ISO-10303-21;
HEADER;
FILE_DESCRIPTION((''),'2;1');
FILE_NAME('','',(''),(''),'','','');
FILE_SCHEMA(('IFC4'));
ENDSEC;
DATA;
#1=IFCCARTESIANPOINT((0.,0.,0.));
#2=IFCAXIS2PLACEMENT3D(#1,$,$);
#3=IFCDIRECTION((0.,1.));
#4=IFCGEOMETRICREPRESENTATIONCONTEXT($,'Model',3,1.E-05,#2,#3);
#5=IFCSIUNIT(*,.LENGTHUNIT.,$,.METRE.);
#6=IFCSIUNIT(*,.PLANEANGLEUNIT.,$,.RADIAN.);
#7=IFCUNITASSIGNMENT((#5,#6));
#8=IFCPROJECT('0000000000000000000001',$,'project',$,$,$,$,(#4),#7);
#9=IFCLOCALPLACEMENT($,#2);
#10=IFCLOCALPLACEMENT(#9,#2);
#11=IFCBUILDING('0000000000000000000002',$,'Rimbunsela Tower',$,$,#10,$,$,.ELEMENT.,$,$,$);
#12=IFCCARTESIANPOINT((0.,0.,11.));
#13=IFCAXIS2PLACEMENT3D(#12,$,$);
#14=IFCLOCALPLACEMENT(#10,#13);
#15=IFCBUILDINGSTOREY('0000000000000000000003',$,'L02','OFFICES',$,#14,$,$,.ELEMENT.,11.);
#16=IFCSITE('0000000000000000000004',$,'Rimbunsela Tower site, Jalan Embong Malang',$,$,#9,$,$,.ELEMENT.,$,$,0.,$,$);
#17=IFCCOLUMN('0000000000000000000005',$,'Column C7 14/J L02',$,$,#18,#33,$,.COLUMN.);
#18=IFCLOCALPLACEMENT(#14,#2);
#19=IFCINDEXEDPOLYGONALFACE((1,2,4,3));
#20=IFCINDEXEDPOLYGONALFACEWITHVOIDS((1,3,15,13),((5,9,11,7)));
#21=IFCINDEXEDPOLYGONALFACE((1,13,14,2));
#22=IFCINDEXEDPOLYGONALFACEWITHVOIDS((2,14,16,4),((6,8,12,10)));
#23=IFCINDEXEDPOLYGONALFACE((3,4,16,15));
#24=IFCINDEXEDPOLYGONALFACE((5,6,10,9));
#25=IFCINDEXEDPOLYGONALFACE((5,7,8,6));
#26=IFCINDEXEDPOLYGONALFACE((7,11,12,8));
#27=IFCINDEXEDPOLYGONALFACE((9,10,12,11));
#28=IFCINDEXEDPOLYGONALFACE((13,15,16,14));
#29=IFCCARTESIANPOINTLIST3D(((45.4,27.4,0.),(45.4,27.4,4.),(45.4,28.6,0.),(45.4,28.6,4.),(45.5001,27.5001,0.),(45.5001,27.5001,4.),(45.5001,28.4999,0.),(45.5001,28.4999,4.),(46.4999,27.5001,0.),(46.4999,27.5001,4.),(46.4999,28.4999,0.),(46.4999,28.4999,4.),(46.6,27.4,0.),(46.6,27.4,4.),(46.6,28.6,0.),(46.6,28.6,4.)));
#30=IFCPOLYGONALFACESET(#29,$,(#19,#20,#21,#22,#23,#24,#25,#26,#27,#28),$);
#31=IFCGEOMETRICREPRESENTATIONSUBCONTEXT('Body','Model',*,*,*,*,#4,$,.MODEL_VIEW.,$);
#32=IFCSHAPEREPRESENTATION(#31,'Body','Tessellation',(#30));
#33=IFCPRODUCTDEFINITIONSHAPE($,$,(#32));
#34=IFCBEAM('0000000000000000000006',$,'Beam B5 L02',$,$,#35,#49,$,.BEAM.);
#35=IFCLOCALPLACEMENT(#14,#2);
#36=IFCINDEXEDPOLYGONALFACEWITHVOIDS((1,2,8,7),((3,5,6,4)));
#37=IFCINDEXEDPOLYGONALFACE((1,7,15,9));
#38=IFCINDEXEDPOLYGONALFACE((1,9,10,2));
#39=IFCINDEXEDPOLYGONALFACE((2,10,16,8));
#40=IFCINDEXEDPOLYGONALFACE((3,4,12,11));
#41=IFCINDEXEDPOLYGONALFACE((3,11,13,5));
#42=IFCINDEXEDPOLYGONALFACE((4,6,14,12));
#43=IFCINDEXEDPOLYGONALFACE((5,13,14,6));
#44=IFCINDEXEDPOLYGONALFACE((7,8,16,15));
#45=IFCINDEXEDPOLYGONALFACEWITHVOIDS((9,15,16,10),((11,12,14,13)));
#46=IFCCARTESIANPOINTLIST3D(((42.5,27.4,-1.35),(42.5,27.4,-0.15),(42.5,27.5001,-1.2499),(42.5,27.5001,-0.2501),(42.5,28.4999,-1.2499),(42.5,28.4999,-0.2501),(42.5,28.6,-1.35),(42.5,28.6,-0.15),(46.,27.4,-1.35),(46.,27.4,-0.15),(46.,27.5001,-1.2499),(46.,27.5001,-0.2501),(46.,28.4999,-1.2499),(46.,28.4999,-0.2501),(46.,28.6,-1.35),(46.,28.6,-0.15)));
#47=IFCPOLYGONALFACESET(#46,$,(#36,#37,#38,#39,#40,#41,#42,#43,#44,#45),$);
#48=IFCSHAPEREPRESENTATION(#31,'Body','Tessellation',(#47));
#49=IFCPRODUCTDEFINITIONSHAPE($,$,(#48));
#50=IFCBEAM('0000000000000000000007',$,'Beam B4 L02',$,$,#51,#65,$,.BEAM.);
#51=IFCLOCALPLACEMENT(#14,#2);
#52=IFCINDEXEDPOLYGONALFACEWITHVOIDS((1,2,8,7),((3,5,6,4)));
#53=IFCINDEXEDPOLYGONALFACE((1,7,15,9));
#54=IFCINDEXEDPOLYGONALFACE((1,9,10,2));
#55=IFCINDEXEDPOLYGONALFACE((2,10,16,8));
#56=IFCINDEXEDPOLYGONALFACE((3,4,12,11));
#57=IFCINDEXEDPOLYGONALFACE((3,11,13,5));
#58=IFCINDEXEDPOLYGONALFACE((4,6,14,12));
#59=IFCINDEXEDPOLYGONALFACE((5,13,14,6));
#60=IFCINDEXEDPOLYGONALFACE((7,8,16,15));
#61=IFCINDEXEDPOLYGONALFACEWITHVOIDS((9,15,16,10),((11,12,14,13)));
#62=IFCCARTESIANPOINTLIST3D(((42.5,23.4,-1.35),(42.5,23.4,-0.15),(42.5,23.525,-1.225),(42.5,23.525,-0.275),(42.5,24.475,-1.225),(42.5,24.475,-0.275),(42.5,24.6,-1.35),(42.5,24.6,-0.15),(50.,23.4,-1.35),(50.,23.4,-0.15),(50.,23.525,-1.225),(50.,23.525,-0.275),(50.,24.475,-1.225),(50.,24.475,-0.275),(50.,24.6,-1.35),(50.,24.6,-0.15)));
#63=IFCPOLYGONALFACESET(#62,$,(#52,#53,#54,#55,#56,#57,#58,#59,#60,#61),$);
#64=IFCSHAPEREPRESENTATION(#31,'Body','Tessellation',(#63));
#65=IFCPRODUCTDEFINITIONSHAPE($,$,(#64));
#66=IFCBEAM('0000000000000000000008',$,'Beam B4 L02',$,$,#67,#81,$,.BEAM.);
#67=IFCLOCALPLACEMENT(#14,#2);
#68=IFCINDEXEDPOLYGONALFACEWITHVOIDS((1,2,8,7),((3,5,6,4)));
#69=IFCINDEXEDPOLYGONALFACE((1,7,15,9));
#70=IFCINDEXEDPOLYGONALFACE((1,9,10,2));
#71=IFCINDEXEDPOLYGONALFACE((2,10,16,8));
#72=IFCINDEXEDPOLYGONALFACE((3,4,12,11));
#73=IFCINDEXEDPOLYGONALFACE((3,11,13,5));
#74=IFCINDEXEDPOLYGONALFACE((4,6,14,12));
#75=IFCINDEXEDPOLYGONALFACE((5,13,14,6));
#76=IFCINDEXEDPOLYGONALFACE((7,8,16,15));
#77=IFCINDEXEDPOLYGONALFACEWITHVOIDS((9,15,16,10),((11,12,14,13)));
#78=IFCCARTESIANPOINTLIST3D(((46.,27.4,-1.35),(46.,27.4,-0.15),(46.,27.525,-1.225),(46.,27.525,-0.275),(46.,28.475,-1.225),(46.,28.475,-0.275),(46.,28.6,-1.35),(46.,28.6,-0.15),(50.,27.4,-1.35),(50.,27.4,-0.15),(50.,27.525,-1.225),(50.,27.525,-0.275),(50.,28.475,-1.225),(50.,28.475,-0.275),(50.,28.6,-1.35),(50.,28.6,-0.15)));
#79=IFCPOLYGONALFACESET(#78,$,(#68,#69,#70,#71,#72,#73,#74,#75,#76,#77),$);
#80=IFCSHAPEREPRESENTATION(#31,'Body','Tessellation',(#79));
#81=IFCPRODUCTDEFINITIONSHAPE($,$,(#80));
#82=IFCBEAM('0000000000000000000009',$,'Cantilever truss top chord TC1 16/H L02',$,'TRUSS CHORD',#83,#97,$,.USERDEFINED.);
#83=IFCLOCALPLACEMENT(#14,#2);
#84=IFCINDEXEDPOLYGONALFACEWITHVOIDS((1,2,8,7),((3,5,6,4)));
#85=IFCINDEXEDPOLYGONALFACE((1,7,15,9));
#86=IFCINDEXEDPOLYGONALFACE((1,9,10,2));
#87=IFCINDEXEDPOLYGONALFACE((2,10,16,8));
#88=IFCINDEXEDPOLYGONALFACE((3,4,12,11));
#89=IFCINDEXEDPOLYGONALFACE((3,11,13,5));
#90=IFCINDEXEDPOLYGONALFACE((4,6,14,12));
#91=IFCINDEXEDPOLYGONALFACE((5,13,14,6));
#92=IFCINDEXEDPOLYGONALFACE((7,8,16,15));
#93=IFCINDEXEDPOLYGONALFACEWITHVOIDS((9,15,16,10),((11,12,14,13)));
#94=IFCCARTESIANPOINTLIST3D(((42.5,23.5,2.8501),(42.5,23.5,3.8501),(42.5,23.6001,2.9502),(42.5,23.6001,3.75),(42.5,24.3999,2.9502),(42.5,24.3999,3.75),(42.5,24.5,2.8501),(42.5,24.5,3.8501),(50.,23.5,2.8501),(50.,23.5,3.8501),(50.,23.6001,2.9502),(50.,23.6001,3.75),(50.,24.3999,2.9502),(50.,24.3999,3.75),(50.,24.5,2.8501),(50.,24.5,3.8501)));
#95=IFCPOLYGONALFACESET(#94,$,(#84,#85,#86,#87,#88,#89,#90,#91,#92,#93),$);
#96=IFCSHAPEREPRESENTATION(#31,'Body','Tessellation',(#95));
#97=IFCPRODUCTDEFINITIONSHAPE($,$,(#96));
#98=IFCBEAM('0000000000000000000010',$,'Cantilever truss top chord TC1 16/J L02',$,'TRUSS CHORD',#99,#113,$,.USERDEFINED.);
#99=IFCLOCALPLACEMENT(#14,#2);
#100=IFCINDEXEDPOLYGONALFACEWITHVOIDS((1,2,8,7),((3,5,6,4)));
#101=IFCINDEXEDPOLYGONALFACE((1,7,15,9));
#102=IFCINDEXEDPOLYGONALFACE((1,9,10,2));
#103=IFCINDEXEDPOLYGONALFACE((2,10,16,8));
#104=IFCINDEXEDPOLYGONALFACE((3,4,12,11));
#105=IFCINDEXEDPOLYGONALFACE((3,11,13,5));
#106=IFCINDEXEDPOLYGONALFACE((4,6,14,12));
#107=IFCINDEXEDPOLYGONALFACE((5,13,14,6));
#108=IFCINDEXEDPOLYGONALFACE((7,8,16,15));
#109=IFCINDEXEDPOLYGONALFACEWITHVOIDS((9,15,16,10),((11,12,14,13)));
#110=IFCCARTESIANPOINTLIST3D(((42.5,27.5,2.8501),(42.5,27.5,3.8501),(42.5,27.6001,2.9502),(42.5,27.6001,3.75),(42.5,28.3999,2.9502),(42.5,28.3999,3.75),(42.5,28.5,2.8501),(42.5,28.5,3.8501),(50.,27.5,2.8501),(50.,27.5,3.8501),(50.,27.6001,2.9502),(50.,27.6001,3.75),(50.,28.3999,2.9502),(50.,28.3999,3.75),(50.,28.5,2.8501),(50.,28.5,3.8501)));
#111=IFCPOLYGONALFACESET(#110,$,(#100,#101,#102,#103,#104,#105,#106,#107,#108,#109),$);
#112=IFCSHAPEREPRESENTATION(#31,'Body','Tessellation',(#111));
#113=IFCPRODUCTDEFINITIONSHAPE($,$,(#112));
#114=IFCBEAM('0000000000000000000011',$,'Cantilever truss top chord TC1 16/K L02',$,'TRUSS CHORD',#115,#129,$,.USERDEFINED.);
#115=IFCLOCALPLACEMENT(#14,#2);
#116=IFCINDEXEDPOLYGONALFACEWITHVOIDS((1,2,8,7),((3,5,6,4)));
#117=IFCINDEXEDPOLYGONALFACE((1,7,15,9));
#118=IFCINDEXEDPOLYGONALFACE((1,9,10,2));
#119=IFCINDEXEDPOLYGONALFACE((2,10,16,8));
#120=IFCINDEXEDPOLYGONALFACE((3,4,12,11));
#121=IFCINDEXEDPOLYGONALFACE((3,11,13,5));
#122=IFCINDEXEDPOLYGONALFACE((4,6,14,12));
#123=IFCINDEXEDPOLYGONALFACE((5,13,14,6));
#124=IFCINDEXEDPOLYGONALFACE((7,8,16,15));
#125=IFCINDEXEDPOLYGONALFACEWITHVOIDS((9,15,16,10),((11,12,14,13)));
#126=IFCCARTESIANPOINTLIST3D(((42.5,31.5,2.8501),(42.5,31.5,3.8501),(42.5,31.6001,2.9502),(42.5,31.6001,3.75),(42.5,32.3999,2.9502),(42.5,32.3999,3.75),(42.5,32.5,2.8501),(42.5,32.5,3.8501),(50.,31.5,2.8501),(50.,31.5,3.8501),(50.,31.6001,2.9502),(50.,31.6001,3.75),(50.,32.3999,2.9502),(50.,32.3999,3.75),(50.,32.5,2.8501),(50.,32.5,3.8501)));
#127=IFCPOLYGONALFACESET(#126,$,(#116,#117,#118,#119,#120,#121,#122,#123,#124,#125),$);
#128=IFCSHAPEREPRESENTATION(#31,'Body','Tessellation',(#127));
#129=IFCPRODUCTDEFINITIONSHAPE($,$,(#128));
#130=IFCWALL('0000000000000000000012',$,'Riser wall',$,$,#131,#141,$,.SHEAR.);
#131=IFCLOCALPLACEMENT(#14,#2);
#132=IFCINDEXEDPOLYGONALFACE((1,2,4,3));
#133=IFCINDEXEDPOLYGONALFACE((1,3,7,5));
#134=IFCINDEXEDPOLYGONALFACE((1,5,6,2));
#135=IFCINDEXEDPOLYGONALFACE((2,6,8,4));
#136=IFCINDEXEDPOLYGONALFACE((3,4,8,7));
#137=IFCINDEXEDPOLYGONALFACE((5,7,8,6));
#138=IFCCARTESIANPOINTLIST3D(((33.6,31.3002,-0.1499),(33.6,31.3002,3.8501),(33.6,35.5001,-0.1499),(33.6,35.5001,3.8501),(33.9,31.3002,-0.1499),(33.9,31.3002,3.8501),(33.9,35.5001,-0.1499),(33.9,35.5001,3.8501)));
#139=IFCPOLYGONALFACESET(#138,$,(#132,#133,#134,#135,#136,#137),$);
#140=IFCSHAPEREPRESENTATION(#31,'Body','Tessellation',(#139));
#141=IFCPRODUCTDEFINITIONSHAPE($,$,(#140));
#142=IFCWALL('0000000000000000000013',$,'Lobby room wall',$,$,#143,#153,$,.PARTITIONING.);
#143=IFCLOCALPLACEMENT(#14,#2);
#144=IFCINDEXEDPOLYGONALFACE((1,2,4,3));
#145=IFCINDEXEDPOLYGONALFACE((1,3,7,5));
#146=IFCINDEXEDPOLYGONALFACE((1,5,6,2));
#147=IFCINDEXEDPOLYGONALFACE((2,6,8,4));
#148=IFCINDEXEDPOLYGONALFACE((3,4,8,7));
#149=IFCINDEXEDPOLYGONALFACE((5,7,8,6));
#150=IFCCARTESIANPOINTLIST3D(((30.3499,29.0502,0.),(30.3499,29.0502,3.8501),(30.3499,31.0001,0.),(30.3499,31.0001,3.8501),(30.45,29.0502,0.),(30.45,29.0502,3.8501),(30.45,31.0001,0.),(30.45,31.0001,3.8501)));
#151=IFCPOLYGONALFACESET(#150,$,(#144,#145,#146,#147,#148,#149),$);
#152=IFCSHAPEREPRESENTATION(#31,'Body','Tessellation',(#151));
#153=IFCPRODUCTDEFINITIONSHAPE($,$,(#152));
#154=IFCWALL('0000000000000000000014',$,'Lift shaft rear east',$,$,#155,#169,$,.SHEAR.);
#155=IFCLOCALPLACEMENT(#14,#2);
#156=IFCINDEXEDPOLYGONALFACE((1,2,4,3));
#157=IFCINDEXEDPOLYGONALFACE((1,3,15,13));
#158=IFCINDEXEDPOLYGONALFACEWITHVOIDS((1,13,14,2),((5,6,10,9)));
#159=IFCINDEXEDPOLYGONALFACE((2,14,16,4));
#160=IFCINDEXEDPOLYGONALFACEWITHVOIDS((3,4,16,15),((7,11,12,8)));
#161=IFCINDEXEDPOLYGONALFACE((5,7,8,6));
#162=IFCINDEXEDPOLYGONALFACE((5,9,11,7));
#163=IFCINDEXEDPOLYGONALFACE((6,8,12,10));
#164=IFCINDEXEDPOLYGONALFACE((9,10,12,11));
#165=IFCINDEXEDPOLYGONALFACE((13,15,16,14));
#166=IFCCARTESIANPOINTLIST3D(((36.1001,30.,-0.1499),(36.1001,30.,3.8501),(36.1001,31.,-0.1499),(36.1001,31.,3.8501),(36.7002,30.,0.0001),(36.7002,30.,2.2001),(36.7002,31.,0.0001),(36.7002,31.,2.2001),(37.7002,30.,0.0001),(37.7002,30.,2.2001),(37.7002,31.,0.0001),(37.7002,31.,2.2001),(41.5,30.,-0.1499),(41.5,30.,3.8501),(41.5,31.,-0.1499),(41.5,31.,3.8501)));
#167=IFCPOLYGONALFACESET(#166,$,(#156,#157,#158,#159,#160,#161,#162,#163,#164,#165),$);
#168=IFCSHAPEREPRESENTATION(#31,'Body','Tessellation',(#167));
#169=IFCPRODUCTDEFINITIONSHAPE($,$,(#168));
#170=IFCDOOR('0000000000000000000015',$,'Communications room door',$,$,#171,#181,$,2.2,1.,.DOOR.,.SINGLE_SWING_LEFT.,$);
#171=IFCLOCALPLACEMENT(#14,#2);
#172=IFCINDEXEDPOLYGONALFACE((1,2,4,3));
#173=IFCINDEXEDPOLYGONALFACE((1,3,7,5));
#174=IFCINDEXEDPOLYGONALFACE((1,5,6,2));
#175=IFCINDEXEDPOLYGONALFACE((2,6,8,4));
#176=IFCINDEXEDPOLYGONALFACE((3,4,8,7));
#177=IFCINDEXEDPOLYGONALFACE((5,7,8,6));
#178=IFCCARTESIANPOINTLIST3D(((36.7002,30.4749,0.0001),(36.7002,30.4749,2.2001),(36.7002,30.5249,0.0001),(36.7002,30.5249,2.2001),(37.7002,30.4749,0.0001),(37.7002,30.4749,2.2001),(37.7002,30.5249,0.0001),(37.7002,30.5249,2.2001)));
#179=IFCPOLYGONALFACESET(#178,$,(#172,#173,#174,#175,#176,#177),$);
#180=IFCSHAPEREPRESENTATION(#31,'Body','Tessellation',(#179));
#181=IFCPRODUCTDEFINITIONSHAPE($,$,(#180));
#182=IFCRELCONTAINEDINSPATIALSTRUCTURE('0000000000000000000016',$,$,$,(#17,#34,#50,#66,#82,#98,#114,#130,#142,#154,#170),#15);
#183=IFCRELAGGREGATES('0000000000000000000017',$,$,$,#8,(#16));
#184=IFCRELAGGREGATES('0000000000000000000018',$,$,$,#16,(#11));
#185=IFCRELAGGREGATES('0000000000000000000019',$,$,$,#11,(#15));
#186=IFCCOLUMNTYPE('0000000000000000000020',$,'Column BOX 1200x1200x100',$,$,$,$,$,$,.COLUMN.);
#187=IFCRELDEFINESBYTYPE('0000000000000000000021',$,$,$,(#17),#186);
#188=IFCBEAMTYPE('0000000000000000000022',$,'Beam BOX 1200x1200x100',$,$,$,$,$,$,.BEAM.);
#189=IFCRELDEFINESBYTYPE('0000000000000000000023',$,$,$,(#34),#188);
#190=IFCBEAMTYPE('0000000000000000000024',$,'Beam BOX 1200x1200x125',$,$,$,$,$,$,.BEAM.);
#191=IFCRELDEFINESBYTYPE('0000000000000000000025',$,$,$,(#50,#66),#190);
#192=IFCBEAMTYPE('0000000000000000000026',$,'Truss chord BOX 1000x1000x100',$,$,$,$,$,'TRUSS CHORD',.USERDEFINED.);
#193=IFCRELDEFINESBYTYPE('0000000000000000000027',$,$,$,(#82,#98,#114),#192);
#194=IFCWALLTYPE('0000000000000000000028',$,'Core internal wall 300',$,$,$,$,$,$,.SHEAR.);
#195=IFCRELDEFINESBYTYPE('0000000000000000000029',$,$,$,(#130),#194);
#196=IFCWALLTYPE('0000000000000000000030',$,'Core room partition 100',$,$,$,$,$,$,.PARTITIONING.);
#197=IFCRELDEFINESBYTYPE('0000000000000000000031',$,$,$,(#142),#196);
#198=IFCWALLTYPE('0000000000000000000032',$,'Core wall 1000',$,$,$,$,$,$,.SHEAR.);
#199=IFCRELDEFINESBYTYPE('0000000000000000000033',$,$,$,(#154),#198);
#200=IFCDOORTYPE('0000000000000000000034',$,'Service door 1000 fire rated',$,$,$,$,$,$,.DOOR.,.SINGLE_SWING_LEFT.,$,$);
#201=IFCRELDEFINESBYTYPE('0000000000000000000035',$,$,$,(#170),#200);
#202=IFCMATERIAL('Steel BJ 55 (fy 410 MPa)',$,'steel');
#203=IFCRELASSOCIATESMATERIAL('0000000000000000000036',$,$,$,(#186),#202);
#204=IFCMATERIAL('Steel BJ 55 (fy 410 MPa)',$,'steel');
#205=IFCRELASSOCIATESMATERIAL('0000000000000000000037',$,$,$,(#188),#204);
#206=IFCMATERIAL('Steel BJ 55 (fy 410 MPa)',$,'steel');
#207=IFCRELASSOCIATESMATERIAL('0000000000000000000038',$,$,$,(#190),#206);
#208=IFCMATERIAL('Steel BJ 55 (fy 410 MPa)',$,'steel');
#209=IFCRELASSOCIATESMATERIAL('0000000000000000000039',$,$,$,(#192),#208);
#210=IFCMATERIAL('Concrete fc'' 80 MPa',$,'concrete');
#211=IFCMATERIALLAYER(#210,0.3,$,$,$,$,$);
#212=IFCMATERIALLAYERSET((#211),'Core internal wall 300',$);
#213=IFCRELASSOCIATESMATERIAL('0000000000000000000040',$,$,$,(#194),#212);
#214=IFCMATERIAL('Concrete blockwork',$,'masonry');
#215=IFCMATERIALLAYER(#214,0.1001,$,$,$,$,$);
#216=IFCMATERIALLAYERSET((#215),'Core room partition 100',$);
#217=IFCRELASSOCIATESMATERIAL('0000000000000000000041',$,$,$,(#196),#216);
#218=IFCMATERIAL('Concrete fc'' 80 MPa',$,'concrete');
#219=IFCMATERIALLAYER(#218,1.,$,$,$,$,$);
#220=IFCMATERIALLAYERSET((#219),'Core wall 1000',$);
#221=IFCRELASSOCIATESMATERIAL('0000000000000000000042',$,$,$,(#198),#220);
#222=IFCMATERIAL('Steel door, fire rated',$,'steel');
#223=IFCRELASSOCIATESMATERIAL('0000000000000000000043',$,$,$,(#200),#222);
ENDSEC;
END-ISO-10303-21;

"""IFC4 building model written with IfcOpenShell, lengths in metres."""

from ifc_helpers import new_model, si_unit, direction, frame, frame_2d, origin, origin_2d, place, context, subcontext, project, spatial, rectangle, hollow_rectangle, extrude, material, layer, layer_set, material_profile, profile_set, type_object, element, fill, save


model = new_model("IFC4")

# Units and contexts
model_context = context("Model", 3, precision=1e-05, world=origin(), true_north=direction((0.0, 1.0)))
body_context = subcontext(model_context, "Body", "Model", "MODEL_VIEW")
ifc_project = project(units=[si_unit("LENGTHUNIT", "METRE"), si_unit("PLANEANGLEUNIT", "RADIAN")], contexts=[model_context])

# Site, building, storey
site_placement = place(None, origin())
site = spatial("IfcSite", under=ifc_project, at=site_placement, Name="Rimbunsela Tower site, Jalan Embong Malang", CompositionType="ELEMENT", RefElevation=0.0)
building_placement = place(site_placement, origin())
building = spatial("IfcBuilding", under=site, at=building_placement, Name="Rimbunsela Tower", CompositionType="ELEMENT")
storey_placement = place(building_placement, frame((0.0, 0.0, 11.0)))
storey = spatial("IfcBuildingStorey", under=building, at=storey_placement, Name="L02", Description="OFFICES", CompositionType="ELEMENT", Elevation=11.0)

# Column
ifc_material_1 = material(Name="Steel BJ 55 (fy 410 MPa)", Category="steel")
ifc_material_profile_1 = material_profile(ifc_material_1, hollow_rectangle(XDim=1.2, YDim=1.2, WallThickness=0.1001, at=origin_2d()), Name="BOX 1200x1200x100")
ifc_profile_set_1 = profile_set([ifc_material_profile_1], Name="Steel BJ 55 (fy 410 MPa)")
column_type = type_object("IfcColumnType", Name="Column BOX 1200x1200x100", PredefinedType="COLUMN", material=ifc_profile_set_1)
column_placement = place(storey_placement, frame((46.0, 28.0, 0.0), z_axis=(0.0, 0.0, 1.0), x_axis=(1.0, 0.0, 0.0)))
element("IfcColumn", 1, at=column_placement, inside=storey, type_object=column_type, Name="Column C7 14/J L02", PredefinedType="COLUMN", context=body_context, shape_type="SweptSolid", body=[
    extrude(hollow_rectangle(XDim=1.2, YDim=1.2, WallThickness=0.1001, at=origin_2d()), origin(), (0.0, 0.0, 1.0), 4.0),
])

# Beams
ifc_material_2 = material(Name="Steel BJ 55 (fy 410 MPa)", Category="steel")
ifc_material_profile_2 = material_profile(ifc_material_2, hollow_rectangle(XDim=1.2, YDim=1.2, WallThickness=0.1001, at=origin_2d()), Name="BOX 1200x1200x100")
ifc_profile_set_2 = profile_set([ifc_material_profile_2], Name="Steel BJ 55 (fy 410 MPa)")
beam_type_1 = type_object("IfcBeamType", Name="Beam BOX 1200x1200x100", PredefinedType="BEAM", material=ifc_profile_set_2)
beam_1_placement = place(storey_placement, frame((42.5, 28.0, -0.75), z_axis=(1.0, 0.0, 0.0), x_axis=(0.0, 1.0, 0.0)))
element("IfcBeam", 2, at=beam_1_placement, inside=storey, type_object=beam_type_1, Name="Beam B5 L02", PredefinedType="BEAM", context=body_context, shape_type="SweptSolid", body=[
    extrude(hollow_rectangle(XDim=1.2, YDim=1.2, WallThickness=0.1001, at=origin_2d()), origin(), (0.0, 0.0, 1.0), 3.5),
])
ifc_material_3 = material(Name="Steel BJ 55 (fy 410 MPa)", Category="steel")
ifc_material_profile_3 = material_profile(ifc_material_3, hollow_rectangle(XDim=1.2, YDim=1.2, WallThickness=0.125, at=origin_2d()), Name="BOX 1200x1200x125")
ifc_profile_set_3 = profile_set([ifc_material_profile_3], Name="Steel BJ 55 (fy 410 MPa)")
beam_type_2 = type_object("IfcBeamType", Name="Beam BOX 1200x1200x125", PredefinedType="BEAM", material=ifc_profile_set_3)
beam_2_placement = place(storey_placement, frame((42.5, 24.0, -0.75), z_axis=(1.0, 0.0, 0.0), x_axis=(0.0, 1.0, 0.0)))
element("IfcBeam", 3, at=beam_2_placement, inside=storey, type_object=beam_type_2, Name="Beam B4 L02", PredefinedType="BEAM", context=body_context, shape_type="SweptSolid", body=[
    extrude(hollow_rectangle(XDim=1.2, YDim=1.2, WallThickness=0.125, at=origin_2d()), origin(), (0.0, 0.0, 1.0), 7.5),
])
beam_3_placement = place(storey_placement, frame((46.0, 28.0, -0.75), z_axis=(1.0, 0.0, 0.0), x_axis=(0.0, 1.0, 0.0)))
element("IfcBeam", 4, at=beam_3_placement, inside=storey, type_object=beam_type_2, Name="Beam B4 L02", PredefinedType="BEAM", context=body_context, shape_type="SweptSolid", body=[
    extrude(hollow_rectangle(XDim=1.2, YDim=1.2, WallThickness=0.125, at=origin_2d()), origin(), (0.0, 0.0, 1.0), 4.0),
])
ifc_material_4 = material(Name="Steel BJ 55 (fy 410 MPa)", Category="steel")
ifc_material_profile_4 = material_profile(ifc_material_4, hollow_rectangle(XDim=1.0, YDim=1.0, WallThickness=0.1001, at=origin_2d()), Name="BOX 1000x1000x100")
ifc_profile_set_4 = profile_set([ifc_material_profile_4], Name="Steel BJ 55 (fy 410 MPa)")
beam_type_3 = type_object("IfcBeamType", Name="Truss chord BOX 1000x1000x100", ElementType="TRUSS CHORD", PredefinedType="USERDEFINED", material=ifc_profile_set_4)
for number, where, z_axis, x_axis, name in (
    (5, (42.5, 24.0, 3.3501), (1.0, 0.0, 0.0), (0.0, 1.0, 0.0), "Cantilever truss top chord TC1 16/H L02"),
    (6, (42.5, 28.0, 3.3501), (1.0, 0.0, 0.0), (0.0, 1.0, 0.0), "Cantilever truss top chord TC1 16/J L02"),
    (7, (42.5, 32.0, 3.3501), (1.0, 0.0, 0.0), (0.0, 1.0, 0.0), "Cantilever truss top chord TC1 16/K L02"),
):
    element("IfcBeam", number, at=place(storey_placement, frame(where, z_axis=z_axis, x_axis=x_axis)), inside=storey, type_object=beam_type_3, Name=name, ObjectType="TRUSS CHORD", PredefinedType="USERDEFINED", context=body_context, shape_type="SweptSolid", body=[
        extrude(hollow_rectangle(XDim=1.0, YDim=1.0, WallThickness=0.1001, at=origin_2d()), origin(), (0.0, 0.0, 1.0), 7.5),
    ])

# Walls
ifc_material_5 = material(Name="Concrete fc' 80 MPa", Category="concrete")
ifc_layer_1 = layer(ifc_material_5, 0.3)
ifc_layer_set_1 = layer_set([ifc_layer_1], Name="Core internal wall 300")
wall_type_1 = type_object("IfcWallType", Name="Core internal wall 300", PredefinedType="SHEAR", material=ifc_layer_set_1)
wall_1_placement = place(storey_placement, frame((33.75, 31.3, -0.1499), z_axis=(0.0, 0.0, 1.0), x_axis=(0.0, 1.0, 0.0)))
element("IfcWall", 8, at=wall_1_placement, inside=storey, type_object=wall_type_1, Name="Riser wall", PredefinedType="SHEAR", context=body_context, shape_type="SweptSolid", body=[
    extrude(rectangle(XDim=4.2, YDim=0.3, at=frame_2d((2.1001, 0.0))), origin(), (0.0, 0.0, 1.0), 4.0),
])
ifc_material_6 = material(Name="Concrete blockwork", Category="masonry")
ifc_layer_2 = layer(ifc_material_6, 0.1001)
ifc_layer_set_2 = layer_set([ifc_layer_2], Name="Core room partition 100")
wall_type_2 = type_object("IfcWallType", Name="Core room partition 100", PredefinedType="PARTITIONING", material=ifc_layer_set_2)
wall_2_placement = place(storey_placement, frame((30.3999, 29.05, 0.0), z_axis=(0.0, 0.0, 1.0), x_axis=(0.0, 1.0, 0.0)))
element("IfcWall", 9, at=wall_2_placement, inside=storey, type_object=wall_type_2, Name="Lobby room wall", PredefinedType="PARTITIONING", context=body_context, shape_type="SweptSolid", body=[
    extrude(rectangle(XDim=1.95, YDim=0.1001, at=frame_2d((0.9751, 0.0))), origin(), (0.0, 0.0, 1.0), 3.8501),
])

# Wall, opening, door
ifc_material_7 = material(Name="Concrete fc' 80 MPa", Category="concrete")
ifc_layer_3 = layer(ifc_material_7, 1.0)
ifc_layer_set_3 = layer_set([ifc_layer_3], Name="Core wall 1000")
wall_type_3 = type_object("IfcWallType", Name="Core wall 1000", PredefinedType="SHEAR", material=ifc_layer_set_3)
wall_3_placement = place(storey_placement, frame((36.1001, 30.5, -0.1499), z_axis=(0.0, 0.0, 1.0), x_axis=(1.0, 0.0, 0.0)))
wall_3 = element("IfcWall", 10, at=wall_3_placement, inside=storey, type_object=wall_type_3, Name="Lift shaft rear east", PredefinedType="SHEAR", context=body_context, shape_type="SweptSolid", body=[
    extrude(rectangle(XDim=5.3999, YDim=1.0, at=frame_2d((2.7, 0.0))), origin(), (0.0, 0.0, 1.0), 4.0),
])
opening_1_placement = place(wall_3_placement, frame((0.6001, 0.0, 0.1499)))
opening_1 = element("IfcOpeningElement", 11, at=opening_1_placement, cuts=wall_3, PredefinedType="OPENING", context=body_context, shape_type="SweptSolid", body=[
    extrude(rectangle(XDim=1.0, YDim=2.2, at=frame_2d((0.5, 1.1001))), frame((0.0, 0.51, 0.0), z_axis=(0.0, -1.0, 0.0), x_axis=(1.0, 0.0, 0.0)), (0.0, 0.0, 1.0), 1.02),
])
ifc_material_8 = material(Name="Steel door, fire rated", Category="steel")
door_type_1 = type_object("IfcDoorType", Name="Service door 1000 fire rated", OperationType="SINGLE_SWING_LEFT", PredefinedType="DOOR", material=ifc_material_8)
door_1_placement = place(opening_1_placement, origin())
door_1 = element("IfcDoor", 12, at=door_1_placement, inside=storey, type_object=door_type_1, Name="Communications room door", OperationType="SINGLE_SWING_LEFT", OverallHeight=2.2, OverallWidth=1.0, PredefinedType="DOOR", context=body_context, shape_type="SweptSolid", body=[
    extrude(rectangle(XDim=1.0, YDim=2.2, at=frame_2d((0.5, 1.1001))), frame((0.0, 0.0249, 0.0), z_axis=(0.0, -1.0, 0.0), x_axis=(1.0, 0.0, 0.0)), (0.0, 0.0, 1.0), 0.05),
])
fill(opening_1, door_1)

save(model, "model.ifc")
